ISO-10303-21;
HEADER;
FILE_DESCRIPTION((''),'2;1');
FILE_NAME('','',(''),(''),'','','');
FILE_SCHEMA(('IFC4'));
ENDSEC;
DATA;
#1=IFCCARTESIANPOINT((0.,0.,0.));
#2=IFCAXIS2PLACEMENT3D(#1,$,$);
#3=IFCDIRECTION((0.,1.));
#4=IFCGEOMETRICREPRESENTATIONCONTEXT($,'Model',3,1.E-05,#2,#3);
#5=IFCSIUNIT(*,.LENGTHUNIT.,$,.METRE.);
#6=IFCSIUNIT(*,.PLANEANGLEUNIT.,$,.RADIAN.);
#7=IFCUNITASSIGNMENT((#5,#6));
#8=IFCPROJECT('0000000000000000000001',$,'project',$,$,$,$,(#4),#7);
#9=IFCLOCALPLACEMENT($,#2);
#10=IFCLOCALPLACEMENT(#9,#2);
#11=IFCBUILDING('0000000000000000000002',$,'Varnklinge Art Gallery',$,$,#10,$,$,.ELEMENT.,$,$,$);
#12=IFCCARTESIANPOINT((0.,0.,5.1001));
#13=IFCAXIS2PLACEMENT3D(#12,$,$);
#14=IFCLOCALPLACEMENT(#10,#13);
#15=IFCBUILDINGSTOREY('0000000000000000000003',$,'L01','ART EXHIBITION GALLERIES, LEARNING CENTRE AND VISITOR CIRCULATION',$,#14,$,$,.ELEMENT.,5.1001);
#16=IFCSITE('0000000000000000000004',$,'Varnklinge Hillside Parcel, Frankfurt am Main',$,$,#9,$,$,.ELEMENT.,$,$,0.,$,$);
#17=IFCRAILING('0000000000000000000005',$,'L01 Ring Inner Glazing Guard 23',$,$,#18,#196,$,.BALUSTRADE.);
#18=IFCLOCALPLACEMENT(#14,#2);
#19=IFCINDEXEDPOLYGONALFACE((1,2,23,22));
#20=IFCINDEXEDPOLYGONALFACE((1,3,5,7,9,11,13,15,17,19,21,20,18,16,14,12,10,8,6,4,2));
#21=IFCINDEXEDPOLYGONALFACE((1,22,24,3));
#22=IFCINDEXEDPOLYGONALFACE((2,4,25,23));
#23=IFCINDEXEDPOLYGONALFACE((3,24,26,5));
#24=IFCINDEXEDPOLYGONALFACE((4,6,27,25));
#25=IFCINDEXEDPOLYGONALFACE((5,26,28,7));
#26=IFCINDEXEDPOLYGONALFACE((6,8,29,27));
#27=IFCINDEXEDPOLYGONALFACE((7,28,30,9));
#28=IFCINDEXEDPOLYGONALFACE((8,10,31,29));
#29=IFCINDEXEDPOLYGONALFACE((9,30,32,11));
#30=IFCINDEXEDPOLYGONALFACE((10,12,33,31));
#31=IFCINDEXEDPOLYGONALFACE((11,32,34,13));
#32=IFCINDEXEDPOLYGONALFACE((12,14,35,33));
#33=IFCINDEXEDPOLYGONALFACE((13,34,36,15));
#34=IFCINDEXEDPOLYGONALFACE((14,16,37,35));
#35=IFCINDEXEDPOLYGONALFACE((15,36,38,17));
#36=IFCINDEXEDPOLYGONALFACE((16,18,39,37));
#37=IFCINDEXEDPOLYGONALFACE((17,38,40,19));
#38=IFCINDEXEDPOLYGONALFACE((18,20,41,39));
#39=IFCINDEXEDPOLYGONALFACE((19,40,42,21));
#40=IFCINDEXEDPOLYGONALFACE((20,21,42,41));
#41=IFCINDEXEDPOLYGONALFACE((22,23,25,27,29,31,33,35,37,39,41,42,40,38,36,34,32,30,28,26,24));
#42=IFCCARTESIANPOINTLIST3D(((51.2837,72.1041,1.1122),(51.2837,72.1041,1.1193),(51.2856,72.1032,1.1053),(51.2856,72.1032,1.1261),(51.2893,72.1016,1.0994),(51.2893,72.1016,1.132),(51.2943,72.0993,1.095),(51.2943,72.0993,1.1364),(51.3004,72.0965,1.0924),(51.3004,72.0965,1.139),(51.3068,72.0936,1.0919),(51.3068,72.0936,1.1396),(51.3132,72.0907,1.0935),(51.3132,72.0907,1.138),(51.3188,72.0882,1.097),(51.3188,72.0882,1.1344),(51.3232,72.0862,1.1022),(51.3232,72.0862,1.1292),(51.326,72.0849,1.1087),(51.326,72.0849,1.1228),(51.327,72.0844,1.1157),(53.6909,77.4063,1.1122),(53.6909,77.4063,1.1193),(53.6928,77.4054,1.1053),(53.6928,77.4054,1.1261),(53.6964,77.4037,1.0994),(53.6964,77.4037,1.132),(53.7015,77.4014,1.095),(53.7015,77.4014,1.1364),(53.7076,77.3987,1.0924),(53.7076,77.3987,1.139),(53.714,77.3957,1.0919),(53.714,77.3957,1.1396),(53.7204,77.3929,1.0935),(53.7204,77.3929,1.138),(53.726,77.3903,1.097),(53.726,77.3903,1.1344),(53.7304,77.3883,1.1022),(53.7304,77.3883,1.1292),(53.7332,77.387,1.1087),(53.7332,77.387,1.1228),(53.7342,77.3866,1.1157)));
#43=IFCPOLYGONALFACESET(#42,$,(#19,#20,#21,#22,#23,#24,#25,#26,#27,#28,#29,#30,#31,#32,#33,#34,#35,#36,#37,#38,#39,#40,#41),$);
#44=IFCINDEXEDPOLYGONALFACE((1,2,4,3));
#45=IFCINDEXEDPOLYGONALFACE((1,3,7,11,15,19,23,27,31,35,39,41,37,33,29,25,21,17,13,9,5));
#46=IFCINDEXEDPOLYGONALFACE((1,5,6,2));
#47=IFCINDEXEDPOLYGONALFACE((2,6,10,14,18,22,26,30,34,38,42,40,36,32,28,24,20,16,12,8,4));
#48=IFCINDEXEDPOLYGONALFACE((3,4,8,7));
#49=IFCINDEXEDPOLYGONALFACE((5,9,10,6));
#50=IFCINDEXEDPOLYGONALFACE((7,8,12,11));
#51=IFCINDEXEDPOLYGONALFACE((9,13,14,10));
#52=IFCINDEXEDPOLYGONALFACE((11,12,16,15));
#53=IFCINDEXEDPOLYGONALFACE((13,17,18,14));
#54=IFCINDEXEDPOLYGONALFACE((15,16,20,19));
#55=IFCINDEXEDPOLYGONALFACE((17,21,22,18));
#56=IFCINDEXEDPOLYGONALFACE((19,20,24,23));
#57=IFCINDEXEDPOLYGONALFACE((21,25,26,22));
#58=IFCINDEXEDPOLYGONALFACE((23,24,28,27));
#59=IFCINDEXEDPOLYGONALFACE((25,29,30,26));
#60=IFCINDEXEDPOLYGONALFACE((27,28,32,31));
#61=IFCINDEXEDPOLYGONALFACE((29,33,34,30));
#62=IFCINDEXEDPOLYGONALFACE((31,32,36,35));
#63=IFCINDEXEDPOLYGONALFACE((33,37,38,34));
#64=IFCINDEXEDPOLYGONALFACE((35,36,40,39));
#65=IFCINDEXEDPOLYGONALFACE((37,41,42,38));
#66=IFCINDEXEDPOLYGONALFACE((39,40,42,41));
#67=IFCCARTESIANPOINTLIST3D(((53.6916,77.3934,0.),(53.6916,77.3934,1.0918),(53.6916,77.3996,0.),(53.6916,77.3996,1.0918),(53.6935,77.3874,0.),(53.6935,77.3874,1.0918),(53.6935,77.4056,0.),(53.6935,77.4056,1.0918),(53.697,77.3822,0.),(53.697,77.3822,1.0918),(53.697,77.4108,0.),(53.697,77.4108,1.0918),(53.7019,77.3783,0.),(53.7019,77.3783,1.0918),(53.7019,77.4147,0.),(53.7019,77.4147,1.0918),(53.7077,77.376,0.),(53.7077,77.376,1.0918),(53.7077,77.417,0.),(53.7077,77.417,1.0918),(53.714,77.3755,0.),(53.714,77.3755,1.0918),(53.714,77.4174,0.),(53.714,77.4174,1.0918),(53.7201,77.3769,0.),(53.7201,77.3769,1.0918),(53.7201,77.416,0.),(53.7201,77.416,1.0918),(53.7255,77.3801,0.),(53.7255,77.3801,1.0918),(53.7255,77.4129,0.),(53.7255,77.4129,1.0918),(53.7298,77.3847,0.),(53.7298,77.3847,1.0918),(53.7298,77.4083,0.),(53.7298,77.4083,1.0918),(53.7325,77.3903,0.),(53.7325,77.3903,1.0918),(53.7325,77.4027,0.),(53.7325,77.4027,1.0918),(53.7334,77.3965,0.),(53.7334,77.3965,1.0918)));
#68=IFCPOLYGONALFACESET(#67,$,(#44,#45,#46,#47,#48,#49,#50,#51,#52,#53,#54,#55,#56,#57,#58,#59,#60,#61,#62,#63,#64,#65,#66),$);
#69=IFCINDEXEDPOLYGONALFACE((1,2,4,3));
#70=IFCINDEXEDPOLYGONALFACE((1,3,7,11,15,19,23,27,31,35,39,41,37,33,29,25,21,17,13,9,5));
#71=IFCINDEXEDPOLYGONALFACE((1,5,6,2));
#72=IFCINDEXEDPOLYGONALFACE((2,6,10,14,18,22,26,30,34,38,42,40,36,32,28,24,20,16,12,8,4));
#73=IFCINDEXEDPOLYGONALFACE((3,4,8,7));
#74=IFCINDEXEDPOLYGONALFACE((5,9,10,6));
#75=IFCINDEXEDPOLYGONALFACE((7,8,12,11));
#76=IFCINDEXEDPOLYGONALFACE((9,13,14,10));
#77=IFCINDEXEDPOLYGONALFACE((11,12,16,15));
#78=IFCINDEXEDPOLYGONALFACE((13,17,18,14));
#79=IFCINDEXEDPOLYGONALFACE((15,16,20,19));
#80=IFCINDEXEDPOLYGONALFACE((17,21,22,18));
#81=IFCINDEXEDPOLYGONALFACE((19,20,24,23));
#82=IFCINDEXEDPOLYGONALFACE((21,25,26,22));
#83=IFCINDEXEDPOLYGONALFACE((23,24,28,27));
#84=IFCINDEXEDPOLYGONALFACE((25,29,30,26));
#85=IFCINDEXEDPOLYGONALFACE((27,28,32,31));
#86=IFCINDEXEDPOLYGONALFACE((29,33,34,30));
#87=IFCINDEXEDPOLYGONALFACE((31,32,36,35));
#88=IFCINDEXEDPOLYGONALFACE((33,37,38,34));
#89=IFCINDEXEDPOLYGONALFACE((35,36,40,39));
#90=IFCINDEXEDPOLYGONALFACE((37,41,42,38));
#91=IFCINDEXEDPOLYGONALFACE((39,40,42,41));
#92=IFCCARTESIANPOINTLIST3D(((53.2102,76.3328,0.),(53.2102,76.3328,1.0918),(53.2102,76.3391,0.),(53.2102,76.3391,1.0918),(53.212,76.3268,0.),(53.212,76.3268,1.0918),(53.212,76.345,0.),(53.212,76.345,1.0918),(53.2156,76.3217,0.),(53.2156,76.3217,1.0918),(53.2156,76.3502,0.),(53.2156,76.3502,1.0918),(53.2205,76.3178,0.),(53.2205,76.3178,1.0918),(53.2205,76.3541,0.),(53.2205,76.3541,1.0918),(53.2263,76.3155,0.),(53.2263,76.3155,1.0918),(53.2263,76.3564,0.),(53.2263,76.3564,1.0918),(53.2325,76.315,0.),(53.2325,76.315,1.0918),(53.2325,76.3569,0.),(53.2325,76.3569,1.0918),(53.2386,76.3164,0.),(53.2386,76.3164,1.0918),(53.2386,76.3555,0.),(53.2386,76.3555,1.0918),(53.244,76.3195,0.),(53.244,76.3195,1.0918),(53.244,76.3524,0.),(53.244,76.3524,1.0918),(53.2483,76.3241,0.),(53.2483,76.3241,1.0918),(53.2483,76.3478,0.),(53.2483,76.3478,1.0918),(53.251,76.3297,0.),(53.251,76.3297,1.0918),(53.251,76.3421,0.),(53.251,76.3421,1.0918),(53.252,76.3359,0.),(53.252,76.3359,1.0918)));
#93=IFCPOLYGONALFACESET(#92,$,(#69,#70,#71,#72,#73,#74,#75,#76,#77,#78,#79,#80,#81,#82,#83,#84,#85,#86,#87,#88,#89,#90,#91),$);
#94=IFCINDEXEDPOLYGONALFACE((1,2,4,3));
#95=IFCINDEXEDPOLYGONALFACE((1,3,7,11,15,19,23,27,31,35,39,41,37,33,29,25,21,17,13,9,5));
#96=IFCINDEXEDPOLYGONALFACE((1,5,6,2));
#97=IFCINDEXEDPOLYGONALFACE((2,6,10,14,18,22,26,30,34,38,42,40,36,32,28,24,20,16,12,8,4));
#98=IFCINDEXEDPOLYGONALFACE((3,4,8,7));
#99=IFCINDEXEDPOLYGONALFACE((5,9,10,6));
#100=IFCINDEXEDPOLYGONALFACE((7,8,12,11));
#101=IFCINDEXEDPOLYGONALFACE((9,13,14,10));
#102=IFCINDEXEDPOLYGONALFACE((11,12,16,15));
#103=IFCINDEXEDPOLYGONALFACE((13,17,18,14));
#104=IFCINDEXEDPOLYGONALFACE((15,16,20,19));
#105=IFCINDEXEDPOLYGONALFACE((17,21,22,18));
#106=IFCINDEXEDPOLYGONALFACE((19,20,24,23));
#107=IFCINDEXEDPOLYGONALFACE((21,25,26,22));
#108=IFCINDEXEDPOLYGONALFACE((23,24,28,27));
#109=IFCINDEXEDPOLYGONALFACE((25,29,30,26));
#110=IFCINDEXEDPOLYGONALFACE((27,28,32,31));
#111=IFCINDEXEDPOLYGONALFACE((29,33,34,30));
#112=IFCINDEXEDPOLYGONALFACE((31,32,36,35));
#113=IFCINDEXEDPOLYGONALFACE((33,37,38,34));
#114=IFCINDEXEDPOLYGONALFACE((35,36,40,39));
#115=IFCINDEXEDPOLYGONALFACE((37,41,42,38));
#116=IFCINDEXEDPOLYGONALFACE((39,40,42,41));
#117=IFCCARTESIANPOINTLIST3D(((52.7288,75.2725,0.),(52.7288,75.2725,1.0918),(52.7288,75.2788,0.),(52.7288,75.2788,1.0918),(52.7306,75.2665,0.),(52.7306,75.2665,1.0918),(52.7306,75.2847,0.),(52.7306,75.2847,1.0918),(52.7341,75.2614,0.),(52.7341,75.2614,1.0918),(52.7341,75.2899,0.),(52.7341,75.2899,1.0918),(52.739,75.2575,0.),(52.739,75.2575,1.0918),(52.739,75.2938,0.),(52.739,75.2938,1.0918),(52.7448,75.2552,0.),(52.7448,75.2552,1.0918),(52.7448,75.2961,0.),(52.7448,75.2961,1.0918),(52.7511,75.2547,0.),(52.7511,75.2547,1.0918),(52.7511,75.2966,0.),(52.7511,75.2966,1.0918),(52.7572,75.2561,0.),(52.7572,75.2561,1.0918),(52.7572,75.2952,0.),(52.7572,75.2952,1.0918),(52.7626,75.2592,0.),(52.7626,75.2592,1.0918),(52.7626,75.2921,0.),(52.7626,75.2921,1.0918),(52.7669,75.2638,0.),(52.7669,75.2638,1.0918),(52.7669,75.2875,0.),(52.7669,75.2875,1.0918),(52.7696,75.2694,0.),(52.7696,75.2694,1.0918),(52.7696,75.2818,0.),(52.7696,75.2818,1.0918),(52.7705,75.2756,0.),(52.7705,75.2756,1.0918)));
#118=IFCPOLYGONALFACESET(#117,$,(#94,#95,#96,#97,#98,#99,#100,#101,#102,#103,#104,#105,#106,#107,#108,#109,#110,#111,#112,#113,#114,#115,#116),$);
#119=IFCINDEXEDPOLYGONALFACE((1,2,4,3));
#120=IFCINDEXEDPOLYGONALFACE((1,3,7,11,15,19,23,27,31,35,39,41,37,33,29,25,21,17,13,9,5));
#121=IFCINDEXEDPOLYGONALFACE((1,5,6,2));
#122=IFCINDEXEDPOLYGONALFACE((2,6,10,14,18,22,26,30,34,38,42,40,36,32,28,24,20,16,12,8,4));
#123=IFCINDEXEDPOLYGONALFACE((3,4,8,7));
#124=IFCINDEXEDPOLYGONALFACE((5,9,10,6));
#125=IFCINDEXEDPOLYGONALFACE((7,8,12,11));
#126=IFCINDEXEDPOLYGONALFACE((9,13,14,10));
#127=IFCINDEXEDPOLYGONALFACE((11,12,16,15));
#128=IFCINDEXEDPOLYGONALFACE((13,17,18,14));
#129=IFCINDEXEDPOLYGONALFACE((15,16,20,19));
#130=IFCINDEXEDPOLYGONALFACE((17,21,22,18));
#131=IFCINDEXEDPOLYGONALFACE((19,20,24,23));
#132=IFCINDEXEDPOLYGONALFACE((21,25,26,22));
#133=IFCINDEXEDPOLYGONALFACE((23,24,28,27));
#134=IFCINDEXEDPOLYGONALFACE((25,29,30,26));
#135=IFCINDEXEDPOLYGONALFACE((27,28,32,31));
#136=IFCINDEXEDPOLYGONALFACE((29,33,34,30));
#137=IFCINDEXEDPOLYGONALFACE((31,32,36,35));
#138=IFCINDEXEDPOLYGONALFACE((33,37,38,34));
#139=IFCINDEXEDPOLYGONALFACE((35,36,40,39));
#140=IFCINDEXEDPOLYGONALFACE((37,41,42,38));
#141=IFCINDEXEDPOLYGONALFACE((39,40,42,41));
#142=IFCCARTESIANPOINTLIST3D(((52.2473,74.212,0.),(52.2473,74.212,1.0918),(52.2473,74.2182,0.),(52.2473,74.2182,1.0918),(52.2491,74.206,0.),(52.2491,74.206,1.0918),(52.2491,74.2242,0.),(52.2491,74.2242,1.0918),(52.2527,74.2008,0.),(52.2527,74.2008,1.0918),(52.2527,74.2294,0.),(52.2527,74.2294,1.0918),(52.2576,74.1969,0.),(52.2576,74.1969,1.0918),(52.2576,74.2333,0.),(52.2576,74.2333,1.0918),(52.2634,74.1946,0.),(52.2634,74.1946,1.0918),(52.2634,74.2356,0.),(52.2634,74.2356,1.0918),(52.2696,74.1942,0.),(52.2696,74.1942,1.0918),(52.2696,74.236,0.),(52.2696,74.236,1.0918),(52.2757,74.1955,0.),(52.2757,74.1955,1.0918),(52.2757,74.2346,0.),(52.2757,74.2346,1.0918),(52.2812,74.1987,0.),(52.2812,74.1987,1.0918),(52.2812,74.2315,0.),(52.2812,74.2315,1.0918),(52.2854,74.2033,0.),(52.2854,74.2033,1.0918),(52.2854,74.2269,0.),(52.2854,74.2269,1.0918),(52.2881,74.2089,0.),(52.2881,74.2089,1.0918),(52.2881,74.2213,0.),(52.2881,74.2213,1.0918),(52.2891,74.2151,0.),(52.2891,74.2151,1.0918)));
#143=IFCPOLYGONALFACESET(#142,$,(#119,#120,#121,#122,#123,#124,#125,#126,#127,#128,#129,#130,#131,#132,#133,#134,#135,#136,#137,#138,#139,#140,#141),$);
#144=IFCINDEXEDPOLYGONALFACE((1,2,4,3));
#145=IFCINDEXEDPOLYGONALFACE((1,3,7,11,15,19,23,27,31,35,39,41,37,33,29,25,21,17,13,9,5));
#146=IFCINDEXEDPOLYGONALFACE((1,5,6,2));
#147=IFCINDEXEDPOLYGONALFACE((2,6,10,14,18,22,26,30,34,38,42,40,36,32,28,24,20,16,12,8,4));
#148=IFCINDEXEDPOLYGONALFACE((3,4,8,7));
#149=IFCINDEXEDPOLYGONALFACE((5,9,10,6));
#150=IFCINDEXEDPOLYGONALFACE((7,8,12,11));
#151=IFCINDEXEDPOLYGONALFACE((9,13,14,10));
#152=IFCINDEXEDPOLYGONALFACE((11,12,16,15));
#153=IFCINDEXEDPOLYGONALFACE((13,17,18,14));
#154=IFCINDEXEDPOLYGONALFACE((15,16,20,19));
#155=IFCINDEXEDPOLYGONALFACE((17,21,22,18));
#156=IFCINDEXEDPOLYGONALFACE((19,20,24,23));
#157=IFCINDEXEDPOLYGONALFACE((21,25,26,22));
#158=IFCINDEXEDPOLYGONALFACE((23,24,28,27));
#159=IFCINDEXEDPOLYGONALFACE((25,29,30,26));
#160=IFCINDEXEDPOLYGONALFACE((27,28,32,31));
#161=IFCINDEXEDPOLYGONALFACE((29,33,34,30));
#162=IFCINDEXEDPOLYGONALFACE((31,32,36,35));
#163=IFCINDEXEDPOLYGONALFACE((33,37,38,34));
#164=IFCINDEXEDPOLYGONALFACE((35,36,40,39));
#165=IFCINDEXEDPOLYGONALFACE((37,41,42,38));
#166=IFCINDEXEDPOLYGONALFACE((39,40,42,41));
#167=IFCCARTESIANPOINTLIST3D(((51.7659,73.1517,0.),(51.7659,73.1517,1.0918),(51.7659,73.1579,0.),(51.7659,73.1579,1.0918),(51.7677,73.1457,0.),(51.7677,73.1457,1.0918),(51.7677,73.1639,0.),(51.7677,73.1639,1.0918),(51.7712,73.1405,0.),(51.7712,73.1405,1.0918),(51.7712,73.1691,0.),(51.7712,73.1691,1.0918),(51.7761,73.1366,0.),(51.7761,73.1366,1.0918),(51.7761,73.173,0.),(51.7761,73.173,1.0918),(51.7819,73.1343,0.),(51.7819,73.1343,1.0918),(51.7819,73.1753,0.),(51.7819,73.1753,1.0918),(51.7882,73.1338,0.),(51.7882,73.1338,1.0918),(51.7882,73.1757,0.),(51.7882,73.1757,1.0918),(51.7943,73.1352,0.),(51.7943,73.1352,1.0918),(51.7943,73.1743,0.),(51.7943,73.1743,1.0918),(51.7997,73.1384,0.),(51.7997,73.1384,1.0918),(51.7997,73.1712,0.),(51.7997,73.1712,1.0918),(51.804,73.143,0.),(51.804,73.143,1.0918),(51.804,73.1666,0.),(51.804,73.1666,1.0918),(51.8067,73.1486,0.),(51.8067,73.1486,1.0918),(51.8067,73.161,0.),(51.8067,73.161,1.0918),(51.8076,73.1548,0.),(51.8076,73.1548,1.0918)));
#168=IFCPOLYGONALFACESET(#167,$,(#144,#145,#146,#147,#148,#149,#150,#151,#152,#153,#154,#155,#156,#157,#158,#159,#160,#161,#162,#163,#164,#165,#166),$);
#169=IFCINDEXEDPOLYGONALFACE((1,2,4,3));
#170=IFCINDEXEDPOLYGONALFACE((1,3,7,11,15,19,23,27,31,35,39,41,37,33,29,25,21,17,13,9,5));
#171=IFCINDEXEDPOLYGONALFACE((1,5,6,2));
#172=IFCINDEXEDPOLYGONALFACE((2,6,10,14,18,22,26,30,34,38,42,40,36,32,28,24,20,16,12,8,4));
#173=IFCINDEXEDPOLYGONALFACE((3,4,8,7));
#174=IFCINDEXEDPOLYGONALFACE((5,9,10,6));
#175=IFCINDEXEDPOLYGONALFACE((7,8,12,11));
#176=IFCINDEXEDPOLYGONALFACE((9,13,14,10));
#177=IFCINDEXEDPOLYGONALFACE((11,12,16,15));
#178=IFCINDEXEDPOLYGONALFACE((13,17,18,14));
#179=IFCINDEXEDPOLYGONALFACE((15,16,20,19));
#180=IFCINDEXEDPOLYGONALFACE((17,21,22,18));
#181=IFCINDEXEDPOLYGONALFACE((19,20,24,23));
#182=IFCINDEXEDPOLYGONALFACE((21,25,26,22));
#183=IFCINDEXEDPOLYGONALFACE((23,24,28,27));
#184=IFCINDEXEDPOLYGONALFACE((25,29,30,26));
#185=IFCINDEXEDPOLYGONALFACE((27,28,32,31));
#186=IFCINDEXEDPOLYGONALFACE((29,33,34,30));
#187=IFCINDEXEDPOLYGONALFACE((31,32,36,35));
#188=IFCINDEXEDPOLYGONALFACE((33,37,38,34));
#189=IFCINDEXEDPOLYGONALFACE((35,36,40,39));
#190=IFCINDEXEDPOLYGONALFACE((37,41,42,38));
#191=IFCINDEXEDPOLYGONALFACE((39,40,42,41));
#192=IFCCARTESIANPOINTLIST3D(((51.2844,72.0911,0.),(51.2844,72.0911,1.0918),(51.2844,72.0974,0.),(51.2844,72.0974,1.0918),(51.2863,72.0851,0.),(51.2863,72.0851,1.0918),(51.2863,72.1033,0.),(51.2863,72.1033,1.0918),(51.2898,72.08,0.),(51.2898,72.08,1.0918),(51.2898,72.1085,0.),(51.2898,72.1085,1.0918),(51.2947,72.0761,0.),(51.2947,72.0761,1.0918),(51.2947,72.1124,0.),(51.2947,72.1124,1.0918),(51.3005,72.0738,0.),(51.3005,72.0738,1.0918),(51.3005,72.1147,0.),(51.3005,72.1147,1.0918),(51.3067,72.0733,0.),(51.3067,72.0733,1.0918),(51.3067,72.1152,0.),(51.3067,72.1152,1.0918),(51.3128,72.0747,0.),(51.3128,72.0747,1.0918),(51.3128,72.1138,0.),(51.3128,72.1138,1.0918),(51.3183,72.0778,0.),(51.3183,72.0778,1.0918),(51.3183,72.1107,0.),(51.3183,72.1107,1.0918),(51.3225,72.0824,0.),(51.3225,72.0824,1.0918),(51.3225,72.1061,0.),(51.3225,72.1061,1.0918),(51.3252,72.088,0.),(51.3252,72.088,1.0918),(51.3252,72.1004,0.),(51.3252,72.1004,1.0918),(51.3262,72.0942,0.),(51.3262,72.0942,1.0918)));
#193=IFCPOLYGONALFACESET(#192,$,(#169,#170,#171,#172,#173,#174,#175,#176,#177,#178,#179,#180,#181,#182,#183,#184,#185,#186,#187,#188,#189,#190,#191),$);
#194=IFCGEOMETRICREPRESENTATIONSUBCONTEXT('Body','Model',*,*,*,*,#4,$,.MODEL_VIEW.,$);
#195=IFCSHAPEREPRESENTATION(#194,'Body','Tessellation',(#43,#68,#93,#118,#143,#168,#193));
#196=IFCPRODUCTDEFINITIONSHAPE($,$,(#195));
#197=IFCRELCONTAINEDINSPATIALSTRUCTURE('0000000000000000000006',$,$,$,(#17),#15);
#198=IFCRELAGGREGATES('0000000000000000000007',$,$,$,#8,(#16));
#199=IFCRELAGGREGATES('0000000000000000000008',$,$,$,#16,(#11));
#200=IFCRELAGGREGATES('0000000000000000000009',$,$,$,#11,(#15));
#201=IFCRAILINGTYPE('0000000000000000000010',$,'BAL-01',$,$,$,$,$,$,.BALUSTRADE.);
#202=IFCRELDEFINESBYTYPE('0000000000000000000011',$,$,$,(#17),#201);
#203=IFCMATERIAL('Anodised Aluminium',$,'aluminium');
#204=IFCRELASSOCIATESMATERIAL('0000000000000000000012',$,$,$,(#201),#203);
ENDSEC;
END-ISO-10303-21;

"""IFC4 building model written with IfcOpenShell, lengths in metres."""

from ifc_helpers import new_model, si_unit, direction, frame, origin, origin_2d, place, context, subcontext, project, spatial, circle, extrude, material, type_object, element, save


model = new_model("IFC4")

# Units and contexts
model_context = context("Model", 3, precision=1e-05, world=origin(), true_north=direction((0.0, 1.0)))
body_context = subcontext(model_context, "Body", "Model", "MODEL_VIEW")
ifc_project = project(units=[si_unit("LENGTHUNIT", "METRE"), si_unit("PLANEANGLEUNIT", "RADIAN")], contexts=[model_context])

# Site, building, storey
site_placement = place(None, origin())
site = spatial("IfcSite", under=ifc_project, at=site_placement, Name="Varnklinge Hillside Parcel, Frankfurt am Main", CompositionType="ELEMENT", RefElevation=0.0)
building_placement = place(site_placement, origin())
building = spatial("IfcBuilding", under=site, at=building_placement, Name="Varnklinge Art Gallery", CompositionType="ELEMENT")
storey_placement = place(building_placement, frame((0.0, 0.0, 5.1001)))
storey = spatial("IfcBuildingStorey", under=building, at=storey_placement, Name="L01", Description="ART EXHIBITION GALLERIES, LEARNING CENTRE AND VISITOR CIRCULATION", CompositionType="ELEMENT", Elevation=5.1001)

# Railing
ifc_material_1 = material(Name="Anodised Aluminium", Category="aluminium")
railing_type = type_object("IfcRailingType", Name="BAL-01", PredefinedType="BALUSTRADE", material=ifc_material_1)
railing_placement = place(storey_placement, frame((53.7124, 77.3965, 0.0)))
element("IfcRailing", 1, at=railing_placement, inside=storey, type_object=railing_type, Name="L01 Ring Inner Glazing Guard 23", PredefinedType="BALUSTRADE", context=body_context, shape_type="SweptSolid", body=[
    extrude(circle(Radius=0.0239, at=origin_2d()), frame((0.0, 0.0, 1.1157), z_axis=(-0.413392, -0.910553, 0.0), x_axis=(0.910553, -0.413392, 0.0)), (0.0, 0.0, 1.0), 5.823),
    extrude(circle(Radius=0.021, at=origin_2d()), origin(), (0.0, 0.0, 1.0), 1.0918),
    extrude(circle(Radius=0.021, at=origin_2d()), frame((-0.4814, -1.0605, 0.0)), (0.0, 0.0, 1.0), 1.0918),
    extrude(circle(Radius=0.021, at=origin_2d()), frame((-0.9629, -2.1208, 0.0)), (0.0, 0.0, 1.0), 1.0918),
    extrude(circle(Radius=0.021, at=origin_2d()), frame((-1.4443, -3.1814, 0.0)), (0.0, 0.0, 1.0), 1.0918),
    extrude(circle(Radius=0.021, at=origin_2d()), frame((-1.9258, -4.2417, 0.0)), (0.0, 0.0, 1.0), 1.0918),
    extrude(circle(Radius=0.021, at=origin_2d()), frame((-2.4072, -5.3022, 0.0)), (0.0, 0.0, 1.0), 1.0918),
])

save(model, "model.ifc")
